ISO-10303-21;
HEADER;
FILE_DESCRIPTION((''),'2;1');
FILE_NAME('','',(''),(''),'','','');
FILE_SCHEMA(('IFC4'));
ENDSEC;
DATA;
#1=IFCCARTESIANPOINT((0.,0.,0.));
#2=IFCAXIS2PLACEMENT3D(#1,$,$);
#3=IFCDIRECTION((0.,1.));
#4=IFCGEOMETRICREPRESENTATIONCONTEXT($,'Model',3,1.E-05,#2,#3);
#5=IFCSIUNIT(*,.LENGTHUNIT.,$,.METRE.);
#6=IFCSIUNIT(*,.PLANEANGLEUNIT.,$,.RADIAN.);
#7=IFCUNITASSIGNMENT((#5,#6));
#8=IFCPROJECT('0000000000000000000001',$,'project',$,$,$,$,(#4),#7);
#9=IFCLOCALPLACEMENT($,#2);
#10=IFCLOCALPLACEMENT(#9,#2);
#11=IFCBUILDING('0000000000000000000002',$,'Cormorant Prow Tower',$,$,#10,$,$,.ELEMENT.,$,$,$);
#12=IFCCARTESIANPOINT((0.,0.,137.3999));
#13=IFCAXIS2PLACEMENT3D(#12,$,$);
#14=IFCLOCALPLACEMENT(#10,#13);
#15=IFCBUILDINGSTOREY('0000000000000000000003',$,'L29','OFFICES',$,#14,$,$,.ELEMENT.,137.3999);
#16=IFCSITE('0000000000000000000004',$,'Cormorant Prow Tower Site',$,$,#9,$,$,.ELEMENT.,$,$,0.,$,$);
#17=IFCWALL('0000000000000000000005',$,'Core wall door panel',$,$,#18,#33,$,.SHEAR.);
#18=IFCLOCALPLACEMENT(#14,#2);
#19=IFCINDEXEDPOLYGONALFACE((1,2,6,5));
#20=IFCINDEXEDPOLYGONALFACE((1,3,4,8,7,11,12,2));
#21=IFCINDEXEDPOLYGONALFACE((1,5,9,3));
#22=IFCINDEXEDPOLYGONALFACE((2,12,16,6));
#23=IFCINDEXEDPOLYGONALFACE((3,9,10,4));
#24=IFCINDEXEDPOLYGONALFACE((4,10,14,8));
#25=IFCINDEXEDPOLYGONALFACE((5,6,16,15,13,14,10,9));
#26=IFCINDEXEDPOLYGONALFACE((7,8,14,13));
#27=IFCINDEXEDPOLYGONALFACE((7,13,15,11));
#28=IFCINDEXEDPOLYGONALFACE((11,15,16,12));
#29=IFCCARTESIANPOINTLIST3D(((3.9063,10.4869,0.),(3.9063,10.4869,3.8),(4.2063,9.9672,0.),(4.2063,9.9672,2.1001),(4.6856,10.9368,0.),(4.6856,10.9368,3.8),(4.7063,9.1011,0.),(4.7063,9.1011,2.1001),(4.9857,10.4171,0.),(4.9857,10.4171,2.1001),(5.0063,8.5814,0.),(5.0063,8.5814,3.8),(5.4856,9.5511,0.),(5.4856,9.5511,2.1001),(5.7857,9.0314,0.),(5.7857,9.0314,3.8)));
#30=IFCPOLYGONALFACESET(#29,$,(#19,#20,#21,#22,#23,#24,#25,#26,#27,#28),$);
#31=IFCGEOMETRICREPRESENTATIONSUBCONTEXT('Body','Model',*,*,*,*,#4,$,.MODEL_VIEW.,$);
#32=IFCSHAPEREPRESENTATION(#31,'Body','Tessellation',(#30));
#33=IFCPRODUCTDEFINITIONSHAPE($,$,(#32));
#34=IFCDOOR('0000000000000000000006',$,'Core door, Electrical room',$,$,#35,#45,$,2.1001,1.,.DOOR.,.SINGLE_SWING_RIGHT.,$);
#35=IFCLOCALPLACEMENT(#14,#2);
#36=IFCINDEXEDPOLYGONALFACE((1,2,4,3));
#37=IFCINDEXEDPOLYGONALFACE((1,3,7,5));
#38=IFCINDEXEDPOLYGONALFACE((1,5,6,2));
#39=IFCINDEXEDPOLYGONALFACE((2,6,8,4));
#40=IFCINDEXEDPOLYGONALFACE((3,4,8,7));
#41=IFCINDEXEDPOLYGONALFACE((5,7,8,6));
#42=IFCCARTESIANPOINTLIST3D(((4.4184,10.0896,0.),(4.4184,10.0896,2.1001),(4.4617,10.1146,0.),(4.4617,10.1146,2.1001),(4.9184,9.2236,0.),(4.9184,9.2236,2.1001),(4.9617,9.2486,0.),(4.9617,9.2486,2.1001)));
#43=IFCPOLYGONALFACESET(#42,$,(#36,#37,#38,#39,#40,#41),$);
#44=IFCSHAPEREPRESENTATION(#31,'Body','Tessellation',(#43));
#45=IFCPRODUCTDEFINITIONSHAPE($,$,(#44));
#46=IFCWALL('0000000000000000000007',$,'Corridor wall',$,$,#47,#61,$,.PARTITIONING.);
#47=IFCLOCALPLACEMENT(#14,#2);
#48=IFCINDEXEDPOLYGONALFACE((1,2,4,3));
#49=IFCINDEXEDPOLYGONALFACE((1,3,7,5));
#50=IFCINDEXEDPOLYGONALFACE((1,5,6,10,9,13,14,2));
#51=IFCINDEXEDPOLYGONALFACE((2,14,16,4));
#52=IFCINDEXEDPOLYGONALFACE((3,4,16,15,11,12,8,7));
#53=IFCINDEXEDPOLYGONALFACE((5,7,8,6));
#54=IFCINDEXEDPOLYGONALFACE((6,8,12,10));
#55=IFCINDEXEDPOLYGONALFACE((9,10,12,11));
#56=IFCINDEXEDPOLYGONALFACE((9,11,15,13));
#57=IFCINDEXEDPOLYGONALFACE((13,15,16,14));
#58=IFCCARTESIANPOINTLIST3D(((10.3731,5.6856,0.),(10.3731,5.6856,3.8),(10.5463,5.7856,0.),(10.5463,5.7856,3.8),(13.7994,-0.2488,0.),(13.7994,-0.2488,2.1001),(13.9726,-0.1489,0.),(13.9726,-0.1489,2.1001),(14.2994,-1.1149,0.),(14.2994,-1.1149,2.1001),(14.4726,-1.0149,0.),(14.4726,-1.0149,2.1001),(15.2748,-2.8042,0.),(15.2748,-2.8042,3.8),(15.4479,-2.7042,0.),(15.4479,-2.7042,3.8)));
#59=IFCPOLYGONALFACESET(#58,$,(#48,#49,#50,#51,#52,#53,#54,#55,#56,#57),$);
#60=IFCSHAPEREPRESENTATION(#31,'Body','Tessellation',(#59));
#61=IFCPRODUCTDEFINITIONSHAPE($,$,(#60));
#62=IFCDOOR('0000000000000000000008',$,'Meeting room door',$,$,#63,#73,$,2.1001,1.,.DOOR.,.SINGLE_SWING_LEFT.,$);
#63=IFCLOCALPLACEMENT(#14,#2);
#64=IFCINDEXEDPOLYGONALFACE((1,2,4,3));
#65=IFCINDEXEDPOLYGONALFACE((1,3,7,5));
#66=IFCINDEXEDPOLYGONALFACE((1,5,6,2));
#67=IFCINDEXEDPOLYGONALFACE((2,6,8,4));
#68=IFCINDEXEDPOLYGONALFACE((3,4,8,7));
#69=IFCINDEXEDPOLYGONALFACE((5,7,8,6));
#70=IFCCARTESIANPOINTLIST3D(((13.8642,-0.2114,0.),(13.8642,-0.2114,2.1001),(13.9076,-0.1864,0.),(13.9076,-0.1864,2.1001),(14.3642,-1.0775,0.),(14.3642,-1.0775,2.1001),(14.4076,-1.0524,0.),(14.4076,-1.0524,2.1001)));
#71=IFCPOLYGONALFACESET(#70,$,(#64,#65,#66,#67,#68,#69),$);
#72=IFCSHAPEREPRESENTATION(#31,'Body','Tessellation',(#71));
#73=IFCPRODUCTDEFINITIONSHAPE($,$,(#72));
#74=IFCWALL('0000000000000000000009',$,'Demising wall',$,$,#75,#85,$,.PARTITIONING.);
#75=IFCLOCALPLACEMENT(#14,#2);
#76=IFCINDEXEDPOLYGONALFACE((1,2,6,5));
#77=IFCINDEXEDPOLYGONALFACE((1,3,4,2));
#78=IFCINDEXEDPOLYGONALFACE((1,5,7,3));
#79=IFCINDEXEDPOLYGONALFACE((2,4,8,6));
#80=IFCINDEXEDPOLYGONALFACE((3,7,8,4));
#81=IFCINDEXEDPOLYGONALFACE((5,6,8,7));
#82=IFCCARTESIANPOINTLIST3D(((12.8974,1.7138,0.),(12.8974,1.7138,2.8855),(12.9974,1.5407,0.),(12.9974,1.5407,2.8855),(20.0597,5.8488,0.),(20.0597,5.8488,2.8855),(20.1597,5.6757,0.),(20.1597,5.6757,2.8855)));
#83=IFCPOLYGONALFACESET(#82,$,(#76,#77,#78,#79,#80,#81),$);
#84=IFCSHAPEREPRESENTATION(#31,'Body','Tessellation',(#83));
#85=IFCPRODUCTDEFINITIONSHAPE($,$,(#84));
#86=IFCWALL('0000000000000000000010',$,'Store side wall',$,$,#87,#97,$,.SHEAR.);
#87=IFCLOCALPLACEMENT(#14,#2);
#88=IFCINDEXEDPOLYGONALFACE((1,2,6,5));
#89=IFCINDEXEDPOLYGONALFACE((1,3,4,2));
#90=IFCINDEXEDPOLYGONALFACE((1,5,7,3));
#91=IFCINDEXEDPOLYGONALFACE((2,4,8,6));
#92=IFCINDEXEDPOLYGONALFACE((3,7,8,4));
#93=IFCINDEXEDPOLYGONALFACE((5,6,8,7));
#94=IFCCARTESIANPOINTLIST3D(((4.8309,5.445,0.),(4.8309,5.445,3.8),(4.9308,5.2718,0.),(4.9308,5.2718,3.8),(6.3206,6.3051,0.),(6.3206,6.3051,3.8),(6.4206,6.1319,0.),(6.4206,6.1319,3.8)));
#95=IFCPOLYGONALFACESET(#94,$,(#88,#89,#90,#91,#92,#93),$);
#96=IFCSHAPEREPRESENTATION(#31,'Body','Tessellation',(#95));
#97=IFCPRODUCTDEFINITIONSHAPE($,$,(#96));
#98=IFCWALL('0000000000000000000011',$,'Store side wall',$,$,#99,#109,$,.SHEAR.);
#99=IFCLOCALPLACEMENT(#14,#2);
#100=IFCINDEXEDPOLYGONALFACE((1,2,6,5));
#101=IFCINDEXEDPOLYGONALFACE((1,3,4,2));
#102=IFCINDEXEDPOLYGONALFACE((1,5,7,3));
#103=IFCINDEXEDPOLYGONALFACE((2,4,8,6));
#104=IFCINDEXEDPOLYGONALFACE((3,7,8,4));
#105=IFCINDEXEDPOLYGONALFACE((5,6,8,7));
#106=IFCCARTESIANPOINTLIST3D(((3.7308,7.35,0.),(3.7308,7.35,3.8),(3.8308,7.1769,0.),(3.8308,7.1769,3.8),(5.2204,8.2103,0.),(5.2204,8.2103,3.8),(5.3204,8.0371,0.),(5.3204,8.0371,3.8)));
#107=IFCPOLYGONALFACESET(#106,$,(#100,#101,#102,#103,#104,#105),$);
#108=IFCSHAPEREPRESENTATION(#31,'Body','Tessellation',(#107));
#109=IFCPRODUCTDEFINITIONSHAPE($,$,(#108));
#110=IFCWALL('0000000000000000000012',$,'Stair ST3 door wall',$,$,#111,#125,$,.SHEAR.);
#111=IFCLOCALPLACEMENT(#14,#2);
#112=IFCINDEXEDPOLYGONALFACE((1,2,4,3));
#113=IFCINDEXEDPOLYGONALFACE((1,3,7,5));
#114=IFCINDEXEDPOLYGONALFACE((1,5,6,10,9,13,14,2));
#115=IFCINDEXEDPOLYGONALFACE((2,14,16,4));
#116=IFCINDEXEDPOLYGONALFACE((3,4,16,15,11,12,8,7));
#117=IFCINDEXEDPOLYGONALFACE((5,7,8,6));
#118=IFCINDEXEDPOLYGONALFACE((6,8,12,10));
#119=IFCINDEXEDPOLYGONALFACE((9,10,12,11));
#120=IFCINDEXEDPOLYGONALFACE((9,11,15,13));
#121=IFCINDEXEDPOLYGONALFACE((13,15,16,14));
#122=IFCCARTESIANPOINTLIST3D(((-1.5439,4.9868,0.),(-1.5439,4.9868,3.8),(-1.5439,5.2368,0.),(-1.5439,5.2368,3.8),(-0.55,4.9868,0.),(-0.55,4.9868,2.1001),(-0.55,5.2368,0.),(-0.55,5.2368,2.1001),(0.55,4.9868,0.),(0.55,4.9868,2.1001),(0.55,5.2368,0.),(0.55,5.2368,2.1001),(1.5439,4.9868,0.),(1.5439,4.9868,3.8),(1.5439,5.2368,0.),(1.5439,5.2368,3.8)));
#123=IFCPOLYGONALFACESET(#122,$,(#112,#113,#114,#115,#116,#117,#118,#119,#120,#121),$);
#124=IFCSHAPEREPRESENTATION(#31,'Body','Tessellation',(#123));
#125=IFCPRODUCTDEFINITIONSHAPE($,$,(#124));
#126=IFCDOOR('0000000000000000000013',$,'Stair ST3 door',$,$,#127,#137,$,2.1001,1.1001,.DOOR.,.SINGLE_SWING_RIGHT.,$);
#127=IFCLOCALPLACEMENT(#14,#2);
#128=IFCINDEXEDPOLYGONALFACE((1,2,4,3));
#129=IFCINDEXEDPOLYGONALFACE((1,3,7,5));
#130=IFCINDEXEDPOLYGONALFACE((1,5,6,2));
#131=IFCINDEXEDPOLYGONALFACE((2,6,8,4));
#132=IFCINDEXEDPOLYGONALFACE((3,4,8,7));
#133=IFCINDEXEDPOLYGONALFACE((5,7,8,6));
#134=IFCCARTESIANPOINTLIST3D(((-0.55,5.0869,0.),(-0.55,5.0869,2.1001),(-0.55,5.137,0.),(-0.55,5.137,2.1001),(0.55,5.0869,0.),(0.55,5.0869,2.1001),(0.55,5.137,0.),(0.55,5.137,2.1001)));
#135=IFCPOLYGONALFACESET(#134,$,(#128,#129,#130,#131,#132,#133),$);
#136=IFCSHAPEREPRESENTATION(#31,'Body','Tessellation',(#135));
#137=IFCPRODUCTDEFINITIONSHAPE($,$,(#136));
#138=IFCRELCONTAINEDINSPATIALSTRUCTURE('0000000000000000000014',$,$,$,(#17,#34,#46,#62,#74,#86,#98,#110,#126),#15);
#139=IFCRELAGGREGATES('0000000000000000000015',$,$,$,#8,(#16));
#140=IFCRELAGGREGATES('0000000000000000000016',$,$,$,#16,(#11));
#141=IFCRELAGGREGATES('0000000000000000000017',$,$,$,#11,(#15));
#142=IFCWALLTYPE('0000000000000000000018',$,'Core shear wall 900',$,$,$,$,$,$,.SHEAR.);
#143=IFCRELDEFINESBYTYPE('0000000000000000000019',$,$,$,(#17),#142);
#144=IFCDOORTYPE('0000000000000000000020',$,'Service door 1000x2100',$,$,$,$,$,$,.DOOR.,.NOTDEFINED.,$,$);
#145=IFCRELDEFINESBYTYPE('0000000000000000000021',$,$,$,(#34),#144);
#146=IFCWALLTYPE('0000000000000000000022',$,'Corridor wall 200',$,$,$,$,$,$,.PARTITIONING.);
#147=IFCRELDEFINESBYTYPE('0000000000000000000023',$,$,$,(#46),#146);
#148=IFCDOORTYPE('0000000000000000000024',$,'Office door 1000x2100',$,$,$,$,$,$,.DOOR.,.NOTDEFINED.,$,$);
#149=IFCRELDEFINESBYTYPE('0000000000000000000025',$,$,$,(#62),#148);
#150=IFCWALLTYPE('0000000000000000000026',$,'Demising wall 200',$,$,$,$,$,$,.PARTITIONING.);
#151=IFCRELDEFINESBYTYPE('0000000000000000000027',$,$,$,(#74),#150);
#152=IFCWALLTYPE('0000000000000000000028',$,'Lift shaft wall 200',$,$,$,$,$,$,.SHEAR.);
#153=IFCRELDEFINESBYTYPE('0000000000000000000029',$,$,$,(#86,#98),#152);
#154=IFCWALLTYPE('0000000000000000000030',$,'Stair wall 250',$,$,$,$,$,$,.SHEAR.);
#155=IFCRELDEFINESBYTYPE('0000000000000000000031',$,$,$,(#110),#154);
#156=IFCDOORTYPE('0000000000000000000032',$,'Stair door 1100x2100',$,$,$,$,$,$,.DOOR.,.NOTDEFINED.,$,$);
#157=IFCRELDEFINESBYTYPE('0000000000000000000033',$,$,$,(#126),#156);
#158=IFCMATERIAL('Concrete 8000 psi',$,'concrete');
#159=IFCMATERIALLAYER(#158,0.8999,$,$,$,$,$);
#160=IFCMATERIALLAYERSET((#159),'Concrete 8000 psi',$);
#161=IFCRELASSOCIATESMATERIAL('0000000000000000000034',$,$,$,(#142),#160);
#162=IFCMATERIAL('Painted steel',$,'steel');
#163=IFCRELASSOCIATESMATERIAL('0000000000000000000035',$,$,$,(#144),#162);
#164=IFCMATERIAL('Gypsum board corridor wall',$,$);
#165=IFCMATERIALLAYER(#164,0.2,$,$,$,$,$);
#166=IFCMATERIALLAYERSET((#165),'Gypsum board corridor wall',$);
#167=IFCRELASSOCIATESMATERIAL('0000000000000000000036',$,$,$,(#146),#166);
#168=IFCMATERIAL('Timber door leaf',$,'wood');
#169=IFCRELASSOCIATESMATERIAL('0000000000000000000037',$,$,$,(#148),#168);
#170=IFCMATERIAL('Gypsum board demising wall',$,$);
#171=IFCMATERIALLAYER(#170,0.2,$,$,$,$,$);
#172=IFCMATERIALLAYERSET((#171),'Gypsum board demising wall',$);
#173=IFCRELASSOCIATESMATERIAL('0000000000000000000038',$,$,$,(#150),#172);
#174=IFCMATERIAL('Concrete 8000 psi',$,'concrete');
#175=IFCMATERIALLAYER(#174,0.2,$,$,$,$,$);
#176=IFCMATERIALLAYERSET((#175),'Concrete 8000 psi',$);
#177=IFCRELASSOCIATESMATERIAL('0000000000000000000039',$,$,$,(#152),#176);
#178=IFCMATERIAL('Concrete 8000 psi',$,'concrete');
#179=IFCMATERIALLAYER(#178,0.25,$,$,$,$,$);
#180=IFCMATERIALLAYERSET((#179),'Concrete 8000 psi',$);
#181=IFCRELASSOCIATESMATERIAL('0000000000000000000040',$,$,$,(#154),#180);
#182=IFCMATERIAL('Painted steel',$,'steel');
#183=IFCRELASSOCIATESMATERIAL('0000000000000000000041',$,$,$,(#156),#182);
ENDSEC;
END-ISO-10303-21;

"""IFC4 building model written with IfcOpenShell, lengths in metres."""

from ifc_helpers import new_model, si_unit, direction, frame, frame_2d, origin, place, context, subcontext, project, spatial, rectangle, extrude, material, layer, layer_set, type_object, element, fill, save


model = new_model("IFC4")

# Units and contexts
model_context = context("Model", 3, precision=1e-05, world=origin(), true_north=direction((0.0, 1.0)))
body_context = subcontext(model_context, "Body", "Model", "MODEL_VIEW")
ifc_project = project(units=[si_unit("LENGTHUNIT", "METRE"), si_unit("PLANEANGLEUNIT", "RADIAN")], contexts=[model_context])

# Site, building, storey
site_placement = place(None, origin())
site = spatial("IfcSite", under=ifc_project, at=site_placement, Name="Cormorant Prow Tower Site", CompositionType="ELEMENT", RefElevation=0.0)
building_placement = place(site_placement, origin())
building = spatial("IfcBuilding", under=site, at=building_placement, Name="Cormorant Prow Tower", CompositionType="ELEMENT")
storey_placement = place(building_placement, frame((0.0, 0.0, 137.3999)))
storey = spatial("IfcBuildingStorey", under=building, at=storey_placement, Name="L29", Description="OFFICES", CompositionType="ELEMENT", Elevation=137.3999)

# Walls, openings, doors
ifc_material_1 = material(Name="Concrete 8000 psi", Category="concrete")
ifc_layer_1 = layer(ifc_material_1, 0.8999)
ifc_layer_set_1 = layer_set([ifc_layer_1], Name="Concrete 8000 psi")
wall_type_1 = type_object("IfcWallType", Name="Core shear wall 900", PredefinedType="SHEAR", material=ifc_layer_set_1)
wall_1_placement = place(storey_placement, frame((5.396, 8.8064, 0.0), z_axis=(0.0, 0.0, 1.0), x_axis=(-0.499982, 0.866036, 0.0)))
wall_1 = element("IfcWall", 1, at=wall_1_placement, inside=storey, type_object=wall_type_1, Name="Core wall door panel", PredefinedType="SHEAR", context=body_context, shape_type="SweptSolid", body=[
    extrude(rectangle(XDim=2.2002, YDim=0.8999, at=frame_2d((1.1001, 0.0))), origin(), (0.0, 0.0, 1.0), 3.8),
])
opening_1_placement = place(wall_1_placement, frame((0.6001, 0.0, 0.0)))
opening_1 = element("IfcOpeningElement", 2, at=opening_1_placement, cuts=wall_1, PredefinedType="OPENING", context=body_context, shape_type="SweptSolid", body=[
    extrude(rectangle(XDim=1.0, YDim=2.1001, at=frame_2d((0.5, 1.05))), frame((0.0, 0.46, 0.0), z_axis=(0.0, -1.0, 0.0), x_axis=(1.0, 0.0, 0.0)), (0.0, 0.0, 1.0), 0.9199),
])
ifc_material_2 = material(Name="Painted steel", Category="steel")
door_type_1 = type_object("IfcDoorType", Name="Service door 1000x2100", OperationType="NOTDEFINED", PredefinedType="DOOR", material=ifc_material_2)
door_1_placement = place(opening_1_placement, origin())
door_1 = element("IfcDoor", 3, at=door_1_placement, inside=storey, type_object=door_type_1, Name="Core door, Electrical room", OperationType="SINGLE_SWING_RIGHT", OverallHeight=2.1001, OverallWidth=1.0, PredefinedType="DOOR", context=body_context, shape_type="SweptSolid", body=[
    extrude(rectangle(XDim=1.0, YDim=2.1001, at=frame_2d((0.5, 1.05))), frame((0.0, 0.2051, 0.0), z_axis=(0.0, -1.0, 0.0), x_axis=(1.0, 0.0, 0.0)), (0.0, 0.0, 1.0), 0.05),
])
fill(opening_1, door_1)
ifc_material_3 = material(Name="Gypsum board corridor wall")
ifc_layer_2 = layer(ifc_material_3, 0.2)
ifc_layer_set_2 = layer_set([ifc_layer_2], Name="Gypsum board corridor wall")
wall_type_2 = type_object("IfcWallType", Name="Corridor wall 200", PredefinedType="PARTITIONING", material=ifc_layer_set_2)
wall_2_placement = place(storey_placement, frame((10.4597, 5.7356, 0.0), z_axis=(0.0, 0.0, 1.0), x_axis=(0.500004, -0.866023, 0.0)))
wall_2 = element("IfcWall", 4, at=wall_2_placement, inside=storey, type_object=wall_type_2, Name="Corridor wall", PredefinedType="PARTITIONING", context=body_context, shape_type="SweptSolid", body=[
    extrude(rectangle(XDim=9.8032, YDim=0.2, at=frame_2d((4.9016, 0.0))), origin(), (0.0, 0.0, 1.0), 3.8),
])
opening_2_placement = place(wall_2_placement, frame((6.8525, 0.0, 0.0)))
opening_2 = element("IfcOpeningElement", 5, at=opening_2_placement, cuts=wall_2, PredefinedType="OPENING", context=body_context, shape_type="SweptSolid", body=[
    extrude(rectangle(XDim=1.0, YDim=2.1001, at=frame_2d((0.5, 1.05))), frame((0.0, 0.1099, 0.0), z_axis=(0.0, -1.0, 0.0), x_axis=(1.0, 0.0, 0.0)), (0.0, 0.0, 1.0), 0.22),
])
ifc_material_4 = material(Name="Timber door leaf", Category="wood")
door_type_2 = type_object("IfcDoorType", Name="Office door 1000x2100", OperationType="NOTDEFINED", PredefinedType="DOOR", material=ifc_material_4)
door_2_placement = place(opening_2_placement, origin())
door_2 = element("IfcDoor", 6, at=door_2_placement, inside=storey, type_object=door_type_2, Name="Meeting room door", OperationType="SINGLE_SWING_LEFT", OverallHeight=2.1001, OverallWidth=1.0, PredefinedType="DOOR", context=body_context, shape_type="SweptSolid", body=[
    extrude(rectangle(XDim=1.0, YDim=2.1001, at=frame_2d((0.5, 1.05))), frame((0.0, 0.0249, 0.0), z_axis=(0.0, -1.0, 0.0), x_axis=(1.0, 0.0, 0.0)), (0.0, 0.0, 1.0), 0.05),
])
fill(opening_2, door_2)

# Walls
ifc_material_5 = material(Name="Gypsum board demising wall")
ifc_layer_3 = layer(ifc_material_5, 0.2)
ifc_layer_set_3 = layer_set([ifc_layer_3], Name="Gypsum board demising wall")
wall_type_3 = type_object("IfcWallType", Name="Demising wall 200", PredefinedType="PARTITIONING", material=ifc_layer_set_3)
wall_3_placement = place(storey_placement, frame((12.9473, 1.6272, 0.0), z_axis=(0.0, 0.0, 1.0), x_axis=(0.866035, 0.499984, 0.0)))
element("IfcWall", 7, at=wall_3_placement, inside=storey, type_object=wall_type_3, Name="Demising wall", PredefinedType="PARTITIONING", context=body_context, shape_type="SweptSolid", body=[
    extrude(rectangle(XDim=8.2703, YDim=0.2, at=frame_2d((4.1353, 0.0))), origin(), (0.0, 0.0, 1.0), 2.8855),
])
ifc_material_6 = material(Name="Concrete 8000 psi", Category="concrete")
ifc_layer_4 = layer(ifc_material_6, 0.2)
ifc_layer_set_4 = layer_set([ifc_layer_4], Name="Concrete 8000 psi")
wall_type_4 = type_object("IfcWallType", Name="Lift shaft wall 200", PredefinedType="SHEAR", material=ifc_layer_set_4)
for number, where, z_axis, x_axis, name in (
    (8, (4.8809, 5.3584, 0.0), (0.0, 0.0, 1.0), (0.866025, 0.500001, 0.0), "Store side wall"),
    (9, (3.7808, 7.2634, 0.0), (0.0, 0.0, 1.0), (0.865963, 0.500107, 0.0), "Store side wall"),
):
    element("IfcWall", number, at=place(storey_placement, frame(where, z_axis=z_axis, x_axis=x_axis)), inside=storey, type_object=wall_type_4, Name=name, PredefinedType="SHEAR", context=body_context, shape_type="SweptSolid", body=[
        extrude(rectangle(XDim=1.7202, YDim=0.2, at=frame_2d((0.8601, 0.0))), origin(), (0.0, 0.0, 1.0), 3.8),
    ])

# Wall, opening, door
ifc_material_7 = material(Name="Concrete 8000 psi", Category="concrete")
ifc_layer_5 = layer(ifc_material_7, 0.25)
ifc_layer_set_5 = layer_set([ifc_layer_5], Name="Concrete 8000 psi")
wall_type_5 = type_object("IfcWallType", Name="Stair wall 250", PredefinedType="SHEAR", material=ifc_layer_set_5)
wall_4_placement = place(storey_placement, frame((1.5439, 5.1118, 0.0), z_axis=(0.0, 0.0, 1.0), x_axis=(-1.0, 0.0, 0.0)))
wall_4 = element("IfcWall", 10, at=wall_4_placement, inside=storey, type_object=wall_type_5, Name="Stair ST3 door wall", PredefinedType="SHEAR", context=body_context, shape_type="SweptSolid", body=[
    extrude(rectangle(XDim=3.0879, YDim=0.25, at=frame_2d((1.5439, 0.0))), origin(), (0.0, 0.0, 1.0), 3.8),
])
opening_3_placement = place(wall_4_placement, frame((0.9939, 0.0, 0.0)))
opening_3 = element("IfcOpeningElement", 11, at=opening_3_placement, cuts=wall_4, PredefinedType="OPENING", context=body_context, shape_type="SweptSolid", body=[
    extrude(rectangle(XDim=1.1001, YDim=2.1001, at=frame_2d((0.55, 1.05))), frame((0.0, 0.135, 0.0), z_axis=(0.0, -1.0, 0.0), x_axis=(1.0, 0.0, 0.0)), (0.0, 0.0, 1.0), 0.27),
])
ifc_material_8 = material(Name="Painted steel", Category="steel")
door_type_3 = type_object("IfcDoorType", Name="Stair door 1100x2100", OperationType="NOTDEFINED", PredefinedType="DOOR", material=ifc_material_8)
door_3_placement = place(opening_3_placement, origin())
door_3 = element("IfcDoor", 12, at=door_3_placement, inside=storey, type_object=door_type_3, Name="Stair ST3 door", OperationType="SINGLE_SWING_RIGHT", OverallHeight=2.1001, OverallWidth=1.1001, PredefinedType="DOOR", context=body_context, shape_type="SweptSolid", body=[
    extrude(rectangle(XDim=1.1001, YDim=2.1001, at=frame_2d((0.55, 1.05))), frame((0.0, 0.0249, 0.0), z_axis=(0.0, -1.0, 0.0), x_axis=(1.0, 0.0, 0.0)), (0.0, 0.0, 1.0), 0.05),
])
fill(opening_3, door_3)

save(model, "model.ifc")
